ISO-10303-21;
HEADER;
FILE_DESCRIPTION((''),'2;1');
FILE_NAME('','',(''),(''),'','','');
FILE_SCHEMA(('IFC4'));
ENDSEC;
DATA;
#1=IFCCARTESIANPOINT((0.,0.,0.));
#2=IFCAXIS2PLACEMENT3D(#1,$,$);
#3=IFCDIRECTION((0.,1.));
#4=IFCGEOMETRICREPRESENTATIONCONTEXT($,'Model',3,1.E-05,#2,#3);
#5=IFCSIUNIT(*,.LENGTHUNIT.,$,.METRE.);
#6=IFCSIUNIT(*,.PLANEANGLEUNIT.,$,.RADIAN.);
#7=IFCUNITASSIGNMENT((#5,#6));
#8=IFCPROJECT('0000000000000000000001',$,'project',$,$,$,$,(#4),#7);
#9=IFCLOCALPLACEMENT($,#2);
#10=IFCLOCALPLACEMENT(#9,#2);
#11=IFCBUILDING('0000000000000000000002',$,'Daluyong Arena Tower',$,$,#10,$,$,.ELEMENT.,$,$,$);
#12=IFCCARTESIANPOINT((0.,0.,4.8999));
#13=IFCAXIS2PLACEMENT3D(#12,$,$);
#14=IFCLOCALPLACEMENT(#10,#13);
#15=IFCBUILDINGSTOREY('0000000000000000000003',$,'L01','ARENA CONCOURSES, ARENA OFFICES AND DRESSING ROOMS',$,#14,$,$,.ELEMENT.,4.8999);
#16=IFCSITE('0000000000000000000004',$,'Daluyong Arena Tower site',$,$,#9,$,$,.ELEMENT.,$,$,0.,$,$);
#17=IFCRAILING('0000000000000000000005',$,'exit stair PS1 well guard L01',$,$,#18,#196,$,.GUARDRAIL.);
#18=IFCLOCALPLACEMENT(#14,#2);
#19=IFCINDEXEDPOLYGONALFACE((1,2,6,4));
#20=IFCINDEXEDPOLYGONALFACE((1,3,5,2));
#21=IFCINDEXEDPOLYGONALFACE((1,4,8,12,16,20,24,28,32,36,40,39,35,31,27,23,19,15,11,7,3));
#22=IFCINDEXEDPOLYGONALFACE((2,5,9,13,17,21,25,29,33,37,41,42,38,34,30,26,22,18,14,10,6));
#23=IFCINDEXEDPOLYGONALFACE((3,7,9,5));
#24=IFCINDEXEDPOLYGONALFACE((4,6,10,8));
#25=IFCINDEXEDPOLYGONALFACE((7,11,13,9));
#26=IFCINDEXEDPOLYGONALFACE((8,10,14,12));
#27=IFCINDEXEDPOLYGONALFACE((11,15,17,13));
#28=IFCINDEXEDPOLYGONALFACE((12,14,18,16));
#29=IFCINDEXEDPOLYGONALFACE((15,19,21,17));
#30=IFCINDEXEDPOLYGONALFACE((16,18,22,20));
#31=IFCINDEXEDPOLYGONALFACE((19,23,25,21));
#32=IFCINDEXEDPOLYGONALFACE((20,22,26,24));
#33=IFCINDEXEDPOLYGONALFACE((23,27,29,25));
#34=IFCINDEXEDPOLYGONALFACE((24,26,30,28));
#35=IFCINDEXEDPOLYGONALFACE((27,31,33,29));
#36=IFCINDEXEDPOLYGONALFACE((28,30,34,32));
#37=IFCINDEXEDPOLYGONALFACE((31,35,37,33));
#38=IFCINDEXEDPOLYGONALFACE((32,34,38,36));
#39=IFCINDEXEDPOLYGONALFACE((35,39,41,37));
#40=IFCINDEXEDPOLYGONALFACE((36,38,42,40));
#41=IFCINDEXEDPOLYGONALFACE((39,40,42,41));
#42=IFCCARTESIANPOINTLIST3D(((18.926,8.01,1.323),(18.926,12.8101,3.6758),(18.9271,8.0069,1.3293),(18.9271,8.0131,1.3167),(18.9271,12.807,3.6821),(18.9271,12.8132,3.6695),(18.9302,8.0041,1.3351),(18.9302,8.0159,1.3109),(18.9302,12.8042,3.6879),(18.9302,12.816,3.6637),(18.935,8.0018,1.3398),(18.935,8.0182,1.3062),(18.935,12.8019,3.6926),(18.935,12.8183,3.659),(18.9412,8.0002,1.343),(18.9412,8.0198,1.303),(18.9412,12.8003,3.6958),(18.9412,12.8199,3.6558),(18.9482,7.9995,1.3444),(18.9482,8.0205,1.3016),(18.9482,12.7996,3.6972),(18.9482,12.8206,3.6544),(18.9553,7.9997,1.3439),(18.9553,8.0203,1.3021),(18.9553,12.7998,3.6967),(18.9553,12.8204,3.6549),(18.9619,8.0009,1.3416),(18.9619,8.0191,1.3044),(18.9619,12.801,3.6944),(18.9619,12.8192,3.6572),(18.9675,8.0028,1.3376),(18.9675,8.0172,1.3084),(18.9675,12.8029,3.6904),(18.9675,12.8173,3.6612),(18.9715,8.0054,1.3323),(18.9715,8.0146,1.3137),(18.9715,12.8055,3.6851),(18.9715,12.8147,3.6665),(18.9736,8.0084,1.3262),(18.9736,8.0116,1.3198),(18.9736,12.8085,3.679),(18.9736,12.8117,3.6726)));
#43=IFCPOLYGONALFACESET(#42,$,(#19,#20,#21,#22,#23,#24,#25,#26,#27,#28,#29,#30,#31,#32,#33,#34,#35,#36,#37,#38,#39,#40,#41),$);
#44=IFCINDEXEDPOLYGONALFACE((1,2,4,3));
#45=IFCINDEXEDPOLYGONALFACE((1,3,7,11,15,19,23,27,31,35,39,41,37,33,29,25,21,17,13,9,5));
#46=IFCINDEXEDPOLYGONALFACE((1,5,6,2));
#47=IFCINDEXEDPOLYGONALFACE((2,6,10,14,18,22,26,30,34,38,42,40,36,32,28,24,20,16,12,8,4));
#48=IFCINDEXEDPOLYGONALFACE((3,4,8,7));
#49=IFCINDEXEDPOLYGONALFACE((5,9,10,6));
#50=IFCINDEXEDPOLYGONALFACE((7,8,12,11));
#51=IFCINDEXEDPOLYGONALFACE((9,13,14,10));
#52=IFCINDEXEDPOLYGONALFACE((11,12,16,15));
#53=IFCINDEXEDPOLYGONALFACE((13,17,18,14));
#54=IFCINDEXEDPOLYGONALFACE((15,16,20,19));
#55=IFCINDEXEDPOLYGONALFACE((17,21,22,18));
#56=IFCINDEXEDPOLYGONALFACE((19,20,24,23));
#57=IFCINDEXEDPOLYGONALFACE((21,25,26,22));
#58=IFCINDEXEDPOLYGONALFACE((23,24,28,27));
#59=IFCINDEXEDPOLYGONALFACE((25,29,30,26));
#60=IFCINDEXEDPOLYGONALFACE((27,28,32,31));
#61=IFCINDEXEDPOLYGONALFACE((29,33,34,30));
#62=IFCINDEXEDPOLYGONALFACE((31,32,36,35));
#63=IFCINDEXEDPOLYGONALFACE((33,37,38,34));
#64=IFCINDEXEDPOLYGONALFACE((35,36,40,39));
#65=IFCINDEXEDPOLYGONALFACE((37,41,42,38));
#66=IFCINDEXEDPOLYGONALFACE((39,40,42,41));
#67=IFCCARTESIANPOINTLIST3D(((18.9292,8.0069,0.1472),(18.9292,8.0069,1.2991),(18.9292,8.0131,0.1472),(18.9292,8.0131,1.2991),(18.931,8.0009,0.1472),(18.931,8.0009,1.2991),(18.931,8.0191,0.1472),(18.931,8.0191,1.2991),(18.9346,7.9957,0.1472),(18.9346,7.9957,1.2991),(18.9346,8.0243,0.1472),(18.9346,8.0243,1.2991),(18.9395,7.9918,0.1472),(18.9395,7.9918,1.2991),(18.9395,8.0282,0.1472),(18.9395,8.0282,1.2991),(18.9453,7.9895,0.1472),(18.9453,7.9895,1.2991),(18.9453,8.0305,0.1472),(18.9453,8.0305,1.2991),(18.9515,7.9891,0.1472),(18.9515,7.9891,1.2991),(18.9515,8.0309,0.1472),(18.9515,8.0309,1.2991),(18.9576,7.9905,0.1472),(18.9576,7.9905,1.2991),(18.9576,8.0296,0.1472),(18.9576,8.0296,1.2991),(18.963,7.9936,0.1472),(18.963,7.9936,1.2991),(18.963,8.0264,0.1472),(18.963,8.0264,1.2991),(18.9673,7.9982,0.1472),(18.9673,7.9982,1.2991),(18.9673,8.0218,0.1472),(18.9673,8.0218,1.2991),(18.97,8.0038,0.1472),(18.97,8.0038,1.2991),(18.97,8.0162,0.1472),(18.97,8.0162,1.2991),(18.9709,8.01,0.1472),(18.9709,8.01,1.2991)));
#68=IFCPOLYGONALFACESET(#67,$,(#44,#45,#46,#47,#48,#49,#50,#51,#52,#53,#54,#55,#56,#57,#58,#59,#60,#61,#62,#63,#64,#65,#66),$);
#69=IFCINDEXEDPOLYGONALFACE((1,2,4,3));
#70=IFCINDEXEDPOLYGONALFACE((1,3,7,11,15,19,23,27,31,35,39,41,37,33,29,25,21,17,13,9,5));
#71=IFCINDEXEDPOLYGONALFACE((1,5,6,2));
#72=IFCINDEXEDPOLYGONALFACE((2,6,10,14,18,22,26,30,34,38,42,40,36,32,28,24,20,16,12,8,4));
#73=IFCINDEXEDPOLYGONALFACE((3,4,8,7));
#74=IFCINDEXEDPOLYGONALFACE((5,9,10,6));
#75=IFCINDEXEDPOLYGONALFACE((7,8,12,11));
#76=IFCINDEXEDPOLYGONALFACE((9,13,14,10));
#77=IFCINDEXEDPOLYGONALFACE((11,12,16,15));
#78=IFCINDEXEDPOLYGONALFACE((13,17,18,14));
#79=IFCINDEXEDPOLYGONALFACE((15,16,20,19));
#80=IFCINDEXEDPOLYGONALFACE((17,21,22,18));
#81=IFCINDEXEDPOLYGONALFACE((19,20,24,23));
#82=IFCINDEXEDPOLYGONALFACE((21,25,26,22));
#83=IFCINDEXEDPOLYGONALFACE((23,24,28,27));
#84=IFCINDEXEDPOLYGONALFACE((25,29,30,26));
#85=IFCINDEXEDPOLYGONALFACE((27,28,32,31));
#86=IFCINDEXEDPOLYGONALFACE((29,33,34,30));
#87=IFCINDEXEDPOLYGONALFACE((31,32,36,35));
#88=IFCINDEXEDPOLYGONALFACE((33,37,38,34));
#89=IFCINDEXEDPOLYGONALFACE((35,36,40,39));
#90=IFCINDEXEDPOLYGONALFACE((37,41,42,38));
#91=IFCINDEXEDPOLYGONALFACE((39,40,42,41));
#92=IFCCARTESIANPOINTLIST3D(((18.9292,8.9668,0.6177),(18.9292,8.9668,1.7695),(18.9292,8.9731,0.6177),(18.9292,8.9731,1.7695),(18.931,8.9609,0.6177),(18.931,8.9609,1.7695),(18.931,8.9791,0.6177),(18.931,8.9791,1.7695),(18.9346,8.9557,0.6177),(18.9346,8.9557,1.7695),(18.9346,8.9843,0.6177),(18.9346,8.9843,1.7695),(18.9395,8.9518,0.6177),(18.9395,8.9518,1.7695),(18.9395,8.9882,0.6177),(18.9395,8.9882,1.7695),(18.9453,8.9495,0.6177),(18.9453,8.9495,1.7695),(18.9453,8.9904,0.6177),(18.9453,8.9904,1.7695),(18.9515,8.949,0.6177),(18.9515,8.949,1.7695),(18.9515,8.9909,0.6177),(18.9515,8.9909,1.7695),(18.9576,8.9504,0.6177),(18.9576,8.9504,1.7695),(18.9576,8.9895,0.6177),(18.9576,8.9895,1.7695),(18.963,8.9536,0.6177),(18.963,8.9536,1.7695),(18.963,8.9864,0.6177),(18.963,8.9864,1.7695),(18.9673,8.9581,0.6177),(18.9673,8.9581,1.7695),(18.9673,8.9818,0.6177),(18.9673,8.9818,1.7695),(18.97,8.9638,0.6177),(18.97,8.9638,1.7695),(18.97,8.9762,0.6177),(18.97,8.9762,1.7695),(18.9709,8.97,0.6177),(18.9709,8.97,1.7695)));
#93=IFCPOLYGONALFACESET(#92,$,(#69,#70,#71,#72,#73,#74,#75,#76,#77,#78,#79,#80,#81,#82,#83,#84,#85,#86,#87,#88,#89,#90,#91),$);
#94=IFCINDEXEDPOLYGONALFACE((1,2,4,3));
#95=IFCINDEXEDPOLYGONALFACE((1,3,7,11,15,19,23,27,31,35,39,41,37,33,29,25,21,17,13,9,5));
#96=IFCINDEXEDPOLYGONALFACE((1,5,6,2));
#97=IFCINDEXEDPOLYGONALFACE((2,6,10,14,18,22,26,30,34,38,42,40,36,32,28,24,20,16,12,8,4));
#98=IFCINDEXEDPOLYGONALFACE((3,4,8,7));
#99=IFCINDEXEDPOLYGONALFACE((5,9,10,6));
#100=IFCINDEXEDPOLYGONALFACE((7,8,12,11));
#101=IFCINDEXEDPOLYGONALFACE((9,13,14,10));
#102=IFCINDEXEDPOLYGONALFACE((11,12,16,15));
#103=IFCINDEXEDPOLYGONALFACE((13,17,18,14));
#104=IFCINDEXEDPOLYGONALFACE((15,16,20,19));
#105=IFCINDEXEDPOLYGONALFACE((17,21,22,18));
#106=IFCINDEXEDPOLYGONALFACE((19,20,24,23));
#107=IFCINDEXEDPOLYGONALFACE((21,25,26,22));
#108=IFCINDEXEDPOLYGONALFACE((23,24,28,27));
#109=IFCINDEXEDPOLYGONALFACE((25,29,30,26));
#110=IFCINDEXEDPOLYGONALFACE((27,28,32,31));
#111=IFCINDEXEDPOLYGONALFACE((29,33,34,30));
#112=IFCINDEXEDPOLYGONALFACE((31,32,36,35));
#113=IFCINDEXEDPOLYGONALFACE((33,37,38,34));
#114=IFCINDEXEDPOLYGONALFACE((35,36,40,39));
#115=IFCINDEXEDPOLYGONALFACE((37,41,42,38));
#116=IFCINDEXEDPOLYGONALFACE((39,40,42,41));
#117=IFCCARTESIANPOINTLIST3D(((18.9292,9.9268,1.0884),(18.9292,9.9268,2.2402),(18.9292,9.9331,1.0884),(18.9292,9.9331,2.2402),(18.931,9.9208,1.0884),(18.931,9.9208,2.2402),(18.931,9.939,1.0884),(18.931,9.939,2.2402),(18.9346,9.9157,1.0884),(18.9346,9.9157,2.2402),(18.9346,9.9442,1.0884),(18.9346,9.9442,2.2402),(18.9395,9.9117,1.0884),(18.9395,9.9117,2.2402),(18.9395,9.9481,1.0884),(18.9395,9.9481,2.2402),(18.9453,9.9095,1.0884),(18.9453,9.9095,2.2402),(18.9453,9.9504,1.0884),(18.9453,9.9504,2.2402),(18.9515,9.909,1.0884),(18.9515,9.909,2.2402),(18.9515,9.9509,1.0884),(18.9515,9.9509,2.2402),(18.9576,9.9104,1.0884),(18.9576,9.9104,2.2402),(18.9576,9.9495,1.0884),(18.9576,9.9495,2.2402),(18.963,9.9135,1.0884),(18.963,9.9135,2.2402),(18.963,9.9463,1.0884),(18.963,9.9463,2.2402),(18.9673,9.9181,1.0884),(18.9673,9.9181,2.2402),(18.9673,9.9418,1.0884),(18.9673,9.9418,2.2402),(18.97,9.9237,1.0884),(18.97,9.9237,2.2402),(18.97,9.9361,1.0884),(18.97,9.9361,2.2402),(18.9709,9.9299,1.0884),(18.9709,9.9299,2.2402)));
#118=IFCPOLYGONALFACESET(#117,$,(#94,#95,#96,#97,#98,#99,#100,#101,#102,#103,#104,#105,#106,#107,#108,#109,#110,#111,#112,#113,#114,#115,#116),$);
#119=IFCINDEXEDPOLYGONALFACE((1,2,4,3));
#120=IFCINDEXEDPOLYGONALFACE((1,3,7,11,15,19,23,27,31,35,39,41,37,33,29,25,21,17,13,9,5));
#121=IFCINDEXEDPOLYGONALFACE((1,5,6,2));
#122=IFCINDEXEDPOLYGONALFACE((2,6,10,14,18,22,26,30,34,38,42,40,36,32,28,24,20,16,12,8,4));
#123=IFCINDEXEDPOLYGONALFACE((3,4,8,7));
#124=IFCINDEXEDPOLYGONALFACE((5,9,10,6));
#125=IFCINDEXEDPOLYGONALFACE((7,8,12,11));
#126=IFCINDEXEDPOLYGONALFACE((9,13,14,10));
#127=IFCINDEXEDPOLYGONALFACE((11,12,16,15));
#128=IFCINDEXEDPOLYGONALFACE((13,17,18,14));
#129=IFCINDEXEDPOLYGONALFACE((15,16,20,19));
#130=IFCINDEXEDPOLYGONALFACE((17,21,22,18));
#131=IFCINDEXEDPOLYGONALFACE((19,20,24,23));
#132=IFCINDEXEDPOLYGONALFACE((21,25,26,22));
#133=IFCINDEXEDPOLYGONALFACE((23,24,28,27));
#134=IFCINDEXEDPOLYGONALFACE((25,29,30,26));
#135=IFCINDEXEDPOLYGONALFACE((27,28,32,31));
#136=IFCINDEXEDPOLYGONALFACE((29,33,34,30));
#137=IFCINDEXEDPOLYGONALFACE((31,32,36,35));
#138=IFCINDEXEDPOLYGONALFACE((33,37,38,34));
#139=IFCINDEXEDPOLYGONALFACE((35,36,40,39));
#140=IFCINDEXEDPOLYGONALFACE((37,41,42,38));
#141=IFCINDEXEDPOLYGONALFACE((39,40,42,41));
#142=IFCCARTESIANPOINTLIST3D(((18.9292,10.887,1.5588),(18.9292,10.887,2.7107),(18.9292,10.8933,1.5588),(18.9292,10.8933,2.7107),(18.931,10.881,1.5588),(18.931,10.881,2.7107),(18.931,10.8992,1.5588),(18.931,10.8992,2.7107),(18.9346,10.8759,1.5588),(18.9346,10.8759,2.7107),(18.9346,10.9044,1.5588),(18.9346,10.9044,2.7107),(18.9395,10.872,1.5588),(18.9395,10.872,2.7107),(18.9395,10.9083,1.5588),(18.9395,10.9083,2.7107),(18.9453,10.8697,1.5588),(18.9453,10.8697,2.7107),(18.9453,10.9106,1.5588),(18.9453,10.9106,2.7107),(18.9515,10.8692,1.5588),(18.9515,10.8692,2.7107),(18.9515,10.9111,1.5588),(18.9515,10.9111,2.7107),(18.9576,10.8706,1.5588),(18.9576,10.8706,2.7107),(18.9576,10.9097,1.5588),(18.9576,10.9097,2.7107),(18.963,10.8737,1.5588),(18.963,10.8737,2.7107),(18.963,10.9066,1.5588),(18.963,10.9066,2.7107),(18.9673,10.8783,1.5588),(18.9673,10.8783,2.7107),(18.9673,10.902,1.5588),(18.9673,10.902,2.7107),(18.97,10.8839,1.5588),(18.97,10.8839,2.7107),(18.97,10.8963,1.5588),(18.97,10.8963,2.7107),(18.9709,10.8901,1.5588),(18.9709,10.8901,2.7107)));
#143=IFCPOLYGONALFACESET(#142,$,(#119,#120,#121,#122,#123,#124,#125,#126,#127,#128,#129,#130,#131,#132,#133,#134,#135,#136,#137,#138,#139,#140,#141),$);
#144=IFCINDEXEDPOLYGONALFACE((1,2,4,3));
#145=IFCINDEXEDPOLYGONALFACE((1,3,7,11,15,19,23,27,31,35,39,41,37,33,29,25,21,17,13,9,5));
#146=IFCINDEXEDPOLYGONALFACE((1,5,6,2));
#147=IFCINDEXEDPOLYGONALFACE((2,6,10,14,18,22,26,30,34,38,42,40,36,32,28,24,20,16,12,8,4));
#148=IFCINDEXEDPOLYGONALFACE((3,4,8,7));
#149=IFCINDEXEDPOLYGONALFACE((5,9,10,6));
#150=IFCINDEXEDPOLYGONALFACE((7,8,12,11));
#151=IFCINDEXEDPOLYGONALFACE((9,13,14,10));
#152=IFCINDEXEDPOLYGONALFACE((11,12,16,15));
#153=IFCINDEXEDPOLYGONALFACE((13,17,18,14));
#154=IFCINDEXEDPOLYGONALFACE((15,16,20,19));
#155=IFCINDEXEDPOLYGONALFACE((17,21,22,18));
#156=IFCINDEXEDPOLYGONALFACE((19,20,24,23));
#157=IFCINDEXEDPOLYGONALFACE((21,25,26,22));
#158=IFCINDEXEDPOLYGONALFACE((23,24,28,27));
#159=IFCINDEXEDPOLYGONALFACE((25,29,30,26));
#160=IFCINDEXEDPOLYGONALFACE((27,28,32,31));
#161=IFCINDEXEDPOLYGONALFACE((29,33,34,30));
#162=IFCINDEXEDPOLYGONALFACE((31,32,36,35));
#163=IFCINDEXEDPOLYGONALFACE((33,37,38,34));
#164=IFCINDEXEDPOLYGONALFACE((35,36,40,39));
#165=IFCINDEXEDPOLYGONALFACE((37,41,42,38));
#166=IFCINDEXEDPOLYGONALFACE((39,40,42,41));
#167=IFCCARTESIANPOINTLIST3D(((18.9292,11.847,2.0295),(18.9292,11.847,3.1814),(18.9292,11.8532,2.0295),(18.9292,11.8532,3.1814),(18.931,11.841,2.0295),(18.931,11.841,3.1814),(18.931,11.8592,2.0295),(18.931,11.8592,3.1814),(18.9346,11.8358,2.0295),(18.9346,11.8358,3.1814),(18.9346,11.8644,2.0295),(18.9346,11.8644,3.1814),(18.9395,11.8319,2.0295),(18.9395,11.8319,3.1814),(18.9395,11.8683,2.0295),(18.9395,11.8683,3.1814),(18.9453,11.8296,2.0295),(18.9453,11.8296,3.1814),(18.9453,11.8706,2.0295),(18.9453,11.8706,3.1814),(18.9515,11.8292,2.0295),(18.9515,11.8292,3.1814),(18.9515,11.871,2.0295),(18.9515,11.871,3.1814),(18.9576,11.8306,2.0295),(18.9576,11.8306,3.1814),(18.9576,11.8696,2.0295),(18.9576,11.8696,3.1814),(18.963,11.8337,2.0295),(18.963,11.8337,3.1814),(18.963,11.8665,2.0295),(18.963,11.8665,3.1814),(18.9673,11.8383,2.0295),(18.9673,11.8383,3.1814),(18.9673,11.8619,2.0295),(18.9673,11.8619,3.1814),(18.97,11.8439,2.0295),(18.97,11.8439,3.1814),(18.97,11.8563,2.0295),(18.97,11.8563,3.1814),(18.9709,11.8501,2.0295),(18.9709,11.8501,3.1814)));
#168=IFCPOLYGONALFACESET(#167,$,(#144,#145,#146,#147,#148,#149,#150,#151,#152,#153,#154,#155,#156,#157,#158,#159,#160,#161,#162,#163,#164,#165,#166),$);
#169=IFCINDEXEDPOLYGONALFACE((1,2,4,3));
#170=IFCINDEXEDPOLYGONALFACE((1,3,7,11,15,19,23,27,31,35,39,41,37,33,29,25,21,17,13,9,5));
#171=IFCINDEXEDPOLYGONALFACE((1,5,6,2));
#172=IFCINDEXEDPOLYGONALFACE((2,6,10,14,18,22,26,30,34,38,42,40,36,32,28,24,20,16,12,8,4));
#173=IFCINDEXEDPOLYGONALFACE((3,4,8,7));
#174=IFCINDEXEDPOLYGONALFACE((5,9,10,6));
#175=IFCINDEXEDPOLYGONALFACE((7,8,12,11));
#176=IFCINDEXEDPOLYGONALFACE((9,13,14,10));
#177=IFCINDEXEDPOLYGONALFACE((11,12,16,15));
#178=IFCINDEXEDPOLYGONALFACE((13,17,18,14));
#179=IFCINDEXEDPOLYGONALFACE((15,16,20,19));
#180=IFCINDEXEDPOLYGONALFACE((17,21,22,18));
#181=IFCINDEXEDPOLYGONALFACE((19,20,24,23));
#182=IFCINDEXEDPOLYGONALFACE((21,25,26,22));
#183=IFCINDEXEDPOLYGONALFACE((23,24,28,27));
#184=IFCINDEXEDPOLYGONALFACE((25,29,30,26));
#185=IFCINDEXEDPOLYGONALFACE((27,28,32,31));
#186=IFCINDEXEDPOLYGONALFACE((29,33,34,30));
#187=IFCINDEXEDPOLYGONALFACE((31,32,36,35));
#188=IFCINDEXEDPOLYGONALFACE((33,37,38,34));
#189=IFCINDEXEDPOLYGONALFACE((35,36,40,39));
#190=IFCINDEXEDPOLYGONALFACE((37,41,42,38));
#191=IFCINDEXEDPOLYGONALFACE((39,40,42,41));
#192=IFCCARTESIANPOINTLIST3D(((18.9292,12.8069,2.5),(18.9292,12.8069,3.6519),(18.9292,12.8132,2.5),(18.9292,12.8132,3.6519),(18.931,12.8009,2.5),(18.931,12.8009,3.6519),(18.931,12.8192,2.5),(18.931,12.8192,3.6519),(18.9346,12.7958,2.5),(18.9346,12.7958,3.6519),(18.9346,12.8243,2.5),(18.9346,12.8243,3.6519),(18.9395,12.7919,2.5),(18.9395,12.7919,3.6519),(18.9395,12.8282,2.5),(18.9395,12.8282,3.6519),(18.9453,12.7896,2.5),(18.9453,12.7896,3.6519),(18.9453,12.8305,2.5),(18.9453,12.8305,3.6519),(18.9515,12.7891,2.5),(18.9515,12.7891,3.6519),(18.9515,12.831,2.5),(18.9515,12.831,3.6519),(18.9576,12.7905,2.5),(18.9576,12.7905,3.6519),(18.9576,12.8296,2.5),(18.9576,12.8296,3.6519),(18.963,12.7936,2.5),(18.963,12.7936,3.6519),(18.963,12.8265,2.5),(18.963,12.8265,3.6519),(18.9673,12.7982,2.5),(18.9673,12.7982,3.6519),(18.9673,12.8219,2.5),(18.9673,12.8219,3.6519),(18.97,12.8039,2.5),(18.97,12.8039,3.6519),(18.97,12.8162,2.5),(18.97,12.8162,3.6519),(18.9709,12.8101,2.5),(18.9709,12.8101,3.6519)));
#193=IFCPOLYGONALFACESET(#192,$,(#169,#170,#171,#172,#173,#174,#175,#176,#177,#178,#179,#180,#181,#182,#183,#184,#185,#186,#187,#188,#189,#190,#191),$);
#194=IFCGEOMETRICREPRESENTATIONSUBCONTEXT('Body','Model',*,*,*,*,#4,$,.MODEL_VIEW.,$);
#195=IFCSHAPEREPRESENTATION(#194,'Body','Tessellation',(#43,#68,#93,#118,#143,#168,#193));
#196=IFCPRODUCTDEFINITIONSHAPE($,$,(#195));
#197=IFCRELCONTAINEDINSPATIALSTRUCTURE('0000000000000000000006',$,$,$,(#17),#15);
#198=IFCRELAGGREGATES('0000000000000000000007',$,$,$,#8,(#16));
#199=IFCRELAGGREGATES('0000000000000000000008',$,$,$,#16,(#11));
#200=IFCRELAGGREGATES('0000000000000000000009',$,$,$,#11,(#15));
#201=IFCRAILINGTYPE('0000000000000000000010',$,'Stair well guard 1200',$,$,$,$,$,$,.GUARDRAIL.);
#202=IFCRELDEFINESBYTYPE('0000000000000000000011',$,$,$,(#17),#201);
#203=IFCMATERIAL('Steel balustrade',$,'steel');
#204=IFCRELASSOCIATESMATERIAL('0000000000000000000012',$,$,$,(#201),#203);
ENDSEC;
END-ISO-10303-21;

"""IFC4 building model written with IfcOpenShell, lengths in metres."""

from ifc_helpers import new_model, si_unit, direction, frame, origin, origin_2d, place, context, subcontext, project, spatial, circle, extrude, material, type_object, element, save


model = new_model("IFC4")

# Units and contexts
model_context = context("Model", 3, precision=1e-05, world=origin(), true_north=direction((0.0, 1.0)))
body_context = subcontext(model_context, "Body", "Model", "MODEL_VIEW")
ifc_project = project(units=[si_unit("LENGTHUNIT", "METRE"), si_unit("PLANEANGLEUNIT", "RADIAN")], contexts=[model_context])

# Site, building, storey
site_placement = place(None, origin())
site = spatial("IfcSite", under=ifc_project, at=site_placement, Name="Daluyong Arena Tower site", CompositionType="ELEMENT", RefElevation=0.0)
building_placement = place(site_placement, origin())
building = spatial("IfcBuilding", under=site, at=building_placement, Name="Daluyong Arena Tower", CompositionType="ELEMENT")
storey_placement = place(building_placement, frame((0.0, 0.0, 4.8999)))
storey = spatial("IfcBuildingStorey", under=building, at=storey_placement, Name="L01", Description="ARENA CONCOURSES, ARENA OFFICES AND DRESSING ROOMS", CompositionType="ELEMENT", Elevation=4.8999)

# Railing
ifc_material_1 = material(Name="Steel balustrade", Category="steel")
railing_type_1 = type_object("IfcRailingType", Name="Stair well guard 1200", PredefinedType="GUARDRAIL", material=ifc_material_1)
railing_1_placement = place(storey_placement, frame((18.95, 8.01, 0.1472)))
element("IfcRailing", 1, at=railing_1_placement, inside=storey, type_object=railing_type_1, Name="exit stair PS1 well guard L01", PredefinedType="GUARDRAIL", context=body_context, shape_type="SweptSolid", body=[
    extrude(circle(Radius=0.0239, at=origin_2d()), frame((0.0, 0.0, 1.1758), z_axis=(0.0, 0.897934, 0.44013), x_axis=(-1.0, 0.0, 0.0)), (0.0, 0.0, 1.0), 5.3457),
    extrude(circle(Radius=0.021, at=origin_2d()), origin(), (0.0, 0.0, 1.0), 1.1519),
    extrude(circle(Radius=0.021, at=origin_2d()), frame((0.0, 0.96, 0.4705)), (0.0, 0.0, 1.0), 1.1519),
    extrude(circle(Radius=0.021, at=origin_2d()), frame((0.0, 1.9199, 0.9412)), (0.0, 0.0, 1.0), 1.1519),
    extrude(circle(Radius=0.021, at=origin_2d()), frame((0.0, 2.8801, 1.4116)), (0.0, 0.0, 1.0), 1.1519),
    extrude(circle(Radius=0.021, at=origin_2d()), frame((0.0, 3.8401, 1.8823)), (0.0, 0.0, 1.0), 1.1519),
    extrude(circle(Radius=0.021, at=origin_2d()), frame((0.0, 4.8, 2.3528)), (0.0, 0.0, 1.0), 1.1519),
])

save(model, "model.ifc")
